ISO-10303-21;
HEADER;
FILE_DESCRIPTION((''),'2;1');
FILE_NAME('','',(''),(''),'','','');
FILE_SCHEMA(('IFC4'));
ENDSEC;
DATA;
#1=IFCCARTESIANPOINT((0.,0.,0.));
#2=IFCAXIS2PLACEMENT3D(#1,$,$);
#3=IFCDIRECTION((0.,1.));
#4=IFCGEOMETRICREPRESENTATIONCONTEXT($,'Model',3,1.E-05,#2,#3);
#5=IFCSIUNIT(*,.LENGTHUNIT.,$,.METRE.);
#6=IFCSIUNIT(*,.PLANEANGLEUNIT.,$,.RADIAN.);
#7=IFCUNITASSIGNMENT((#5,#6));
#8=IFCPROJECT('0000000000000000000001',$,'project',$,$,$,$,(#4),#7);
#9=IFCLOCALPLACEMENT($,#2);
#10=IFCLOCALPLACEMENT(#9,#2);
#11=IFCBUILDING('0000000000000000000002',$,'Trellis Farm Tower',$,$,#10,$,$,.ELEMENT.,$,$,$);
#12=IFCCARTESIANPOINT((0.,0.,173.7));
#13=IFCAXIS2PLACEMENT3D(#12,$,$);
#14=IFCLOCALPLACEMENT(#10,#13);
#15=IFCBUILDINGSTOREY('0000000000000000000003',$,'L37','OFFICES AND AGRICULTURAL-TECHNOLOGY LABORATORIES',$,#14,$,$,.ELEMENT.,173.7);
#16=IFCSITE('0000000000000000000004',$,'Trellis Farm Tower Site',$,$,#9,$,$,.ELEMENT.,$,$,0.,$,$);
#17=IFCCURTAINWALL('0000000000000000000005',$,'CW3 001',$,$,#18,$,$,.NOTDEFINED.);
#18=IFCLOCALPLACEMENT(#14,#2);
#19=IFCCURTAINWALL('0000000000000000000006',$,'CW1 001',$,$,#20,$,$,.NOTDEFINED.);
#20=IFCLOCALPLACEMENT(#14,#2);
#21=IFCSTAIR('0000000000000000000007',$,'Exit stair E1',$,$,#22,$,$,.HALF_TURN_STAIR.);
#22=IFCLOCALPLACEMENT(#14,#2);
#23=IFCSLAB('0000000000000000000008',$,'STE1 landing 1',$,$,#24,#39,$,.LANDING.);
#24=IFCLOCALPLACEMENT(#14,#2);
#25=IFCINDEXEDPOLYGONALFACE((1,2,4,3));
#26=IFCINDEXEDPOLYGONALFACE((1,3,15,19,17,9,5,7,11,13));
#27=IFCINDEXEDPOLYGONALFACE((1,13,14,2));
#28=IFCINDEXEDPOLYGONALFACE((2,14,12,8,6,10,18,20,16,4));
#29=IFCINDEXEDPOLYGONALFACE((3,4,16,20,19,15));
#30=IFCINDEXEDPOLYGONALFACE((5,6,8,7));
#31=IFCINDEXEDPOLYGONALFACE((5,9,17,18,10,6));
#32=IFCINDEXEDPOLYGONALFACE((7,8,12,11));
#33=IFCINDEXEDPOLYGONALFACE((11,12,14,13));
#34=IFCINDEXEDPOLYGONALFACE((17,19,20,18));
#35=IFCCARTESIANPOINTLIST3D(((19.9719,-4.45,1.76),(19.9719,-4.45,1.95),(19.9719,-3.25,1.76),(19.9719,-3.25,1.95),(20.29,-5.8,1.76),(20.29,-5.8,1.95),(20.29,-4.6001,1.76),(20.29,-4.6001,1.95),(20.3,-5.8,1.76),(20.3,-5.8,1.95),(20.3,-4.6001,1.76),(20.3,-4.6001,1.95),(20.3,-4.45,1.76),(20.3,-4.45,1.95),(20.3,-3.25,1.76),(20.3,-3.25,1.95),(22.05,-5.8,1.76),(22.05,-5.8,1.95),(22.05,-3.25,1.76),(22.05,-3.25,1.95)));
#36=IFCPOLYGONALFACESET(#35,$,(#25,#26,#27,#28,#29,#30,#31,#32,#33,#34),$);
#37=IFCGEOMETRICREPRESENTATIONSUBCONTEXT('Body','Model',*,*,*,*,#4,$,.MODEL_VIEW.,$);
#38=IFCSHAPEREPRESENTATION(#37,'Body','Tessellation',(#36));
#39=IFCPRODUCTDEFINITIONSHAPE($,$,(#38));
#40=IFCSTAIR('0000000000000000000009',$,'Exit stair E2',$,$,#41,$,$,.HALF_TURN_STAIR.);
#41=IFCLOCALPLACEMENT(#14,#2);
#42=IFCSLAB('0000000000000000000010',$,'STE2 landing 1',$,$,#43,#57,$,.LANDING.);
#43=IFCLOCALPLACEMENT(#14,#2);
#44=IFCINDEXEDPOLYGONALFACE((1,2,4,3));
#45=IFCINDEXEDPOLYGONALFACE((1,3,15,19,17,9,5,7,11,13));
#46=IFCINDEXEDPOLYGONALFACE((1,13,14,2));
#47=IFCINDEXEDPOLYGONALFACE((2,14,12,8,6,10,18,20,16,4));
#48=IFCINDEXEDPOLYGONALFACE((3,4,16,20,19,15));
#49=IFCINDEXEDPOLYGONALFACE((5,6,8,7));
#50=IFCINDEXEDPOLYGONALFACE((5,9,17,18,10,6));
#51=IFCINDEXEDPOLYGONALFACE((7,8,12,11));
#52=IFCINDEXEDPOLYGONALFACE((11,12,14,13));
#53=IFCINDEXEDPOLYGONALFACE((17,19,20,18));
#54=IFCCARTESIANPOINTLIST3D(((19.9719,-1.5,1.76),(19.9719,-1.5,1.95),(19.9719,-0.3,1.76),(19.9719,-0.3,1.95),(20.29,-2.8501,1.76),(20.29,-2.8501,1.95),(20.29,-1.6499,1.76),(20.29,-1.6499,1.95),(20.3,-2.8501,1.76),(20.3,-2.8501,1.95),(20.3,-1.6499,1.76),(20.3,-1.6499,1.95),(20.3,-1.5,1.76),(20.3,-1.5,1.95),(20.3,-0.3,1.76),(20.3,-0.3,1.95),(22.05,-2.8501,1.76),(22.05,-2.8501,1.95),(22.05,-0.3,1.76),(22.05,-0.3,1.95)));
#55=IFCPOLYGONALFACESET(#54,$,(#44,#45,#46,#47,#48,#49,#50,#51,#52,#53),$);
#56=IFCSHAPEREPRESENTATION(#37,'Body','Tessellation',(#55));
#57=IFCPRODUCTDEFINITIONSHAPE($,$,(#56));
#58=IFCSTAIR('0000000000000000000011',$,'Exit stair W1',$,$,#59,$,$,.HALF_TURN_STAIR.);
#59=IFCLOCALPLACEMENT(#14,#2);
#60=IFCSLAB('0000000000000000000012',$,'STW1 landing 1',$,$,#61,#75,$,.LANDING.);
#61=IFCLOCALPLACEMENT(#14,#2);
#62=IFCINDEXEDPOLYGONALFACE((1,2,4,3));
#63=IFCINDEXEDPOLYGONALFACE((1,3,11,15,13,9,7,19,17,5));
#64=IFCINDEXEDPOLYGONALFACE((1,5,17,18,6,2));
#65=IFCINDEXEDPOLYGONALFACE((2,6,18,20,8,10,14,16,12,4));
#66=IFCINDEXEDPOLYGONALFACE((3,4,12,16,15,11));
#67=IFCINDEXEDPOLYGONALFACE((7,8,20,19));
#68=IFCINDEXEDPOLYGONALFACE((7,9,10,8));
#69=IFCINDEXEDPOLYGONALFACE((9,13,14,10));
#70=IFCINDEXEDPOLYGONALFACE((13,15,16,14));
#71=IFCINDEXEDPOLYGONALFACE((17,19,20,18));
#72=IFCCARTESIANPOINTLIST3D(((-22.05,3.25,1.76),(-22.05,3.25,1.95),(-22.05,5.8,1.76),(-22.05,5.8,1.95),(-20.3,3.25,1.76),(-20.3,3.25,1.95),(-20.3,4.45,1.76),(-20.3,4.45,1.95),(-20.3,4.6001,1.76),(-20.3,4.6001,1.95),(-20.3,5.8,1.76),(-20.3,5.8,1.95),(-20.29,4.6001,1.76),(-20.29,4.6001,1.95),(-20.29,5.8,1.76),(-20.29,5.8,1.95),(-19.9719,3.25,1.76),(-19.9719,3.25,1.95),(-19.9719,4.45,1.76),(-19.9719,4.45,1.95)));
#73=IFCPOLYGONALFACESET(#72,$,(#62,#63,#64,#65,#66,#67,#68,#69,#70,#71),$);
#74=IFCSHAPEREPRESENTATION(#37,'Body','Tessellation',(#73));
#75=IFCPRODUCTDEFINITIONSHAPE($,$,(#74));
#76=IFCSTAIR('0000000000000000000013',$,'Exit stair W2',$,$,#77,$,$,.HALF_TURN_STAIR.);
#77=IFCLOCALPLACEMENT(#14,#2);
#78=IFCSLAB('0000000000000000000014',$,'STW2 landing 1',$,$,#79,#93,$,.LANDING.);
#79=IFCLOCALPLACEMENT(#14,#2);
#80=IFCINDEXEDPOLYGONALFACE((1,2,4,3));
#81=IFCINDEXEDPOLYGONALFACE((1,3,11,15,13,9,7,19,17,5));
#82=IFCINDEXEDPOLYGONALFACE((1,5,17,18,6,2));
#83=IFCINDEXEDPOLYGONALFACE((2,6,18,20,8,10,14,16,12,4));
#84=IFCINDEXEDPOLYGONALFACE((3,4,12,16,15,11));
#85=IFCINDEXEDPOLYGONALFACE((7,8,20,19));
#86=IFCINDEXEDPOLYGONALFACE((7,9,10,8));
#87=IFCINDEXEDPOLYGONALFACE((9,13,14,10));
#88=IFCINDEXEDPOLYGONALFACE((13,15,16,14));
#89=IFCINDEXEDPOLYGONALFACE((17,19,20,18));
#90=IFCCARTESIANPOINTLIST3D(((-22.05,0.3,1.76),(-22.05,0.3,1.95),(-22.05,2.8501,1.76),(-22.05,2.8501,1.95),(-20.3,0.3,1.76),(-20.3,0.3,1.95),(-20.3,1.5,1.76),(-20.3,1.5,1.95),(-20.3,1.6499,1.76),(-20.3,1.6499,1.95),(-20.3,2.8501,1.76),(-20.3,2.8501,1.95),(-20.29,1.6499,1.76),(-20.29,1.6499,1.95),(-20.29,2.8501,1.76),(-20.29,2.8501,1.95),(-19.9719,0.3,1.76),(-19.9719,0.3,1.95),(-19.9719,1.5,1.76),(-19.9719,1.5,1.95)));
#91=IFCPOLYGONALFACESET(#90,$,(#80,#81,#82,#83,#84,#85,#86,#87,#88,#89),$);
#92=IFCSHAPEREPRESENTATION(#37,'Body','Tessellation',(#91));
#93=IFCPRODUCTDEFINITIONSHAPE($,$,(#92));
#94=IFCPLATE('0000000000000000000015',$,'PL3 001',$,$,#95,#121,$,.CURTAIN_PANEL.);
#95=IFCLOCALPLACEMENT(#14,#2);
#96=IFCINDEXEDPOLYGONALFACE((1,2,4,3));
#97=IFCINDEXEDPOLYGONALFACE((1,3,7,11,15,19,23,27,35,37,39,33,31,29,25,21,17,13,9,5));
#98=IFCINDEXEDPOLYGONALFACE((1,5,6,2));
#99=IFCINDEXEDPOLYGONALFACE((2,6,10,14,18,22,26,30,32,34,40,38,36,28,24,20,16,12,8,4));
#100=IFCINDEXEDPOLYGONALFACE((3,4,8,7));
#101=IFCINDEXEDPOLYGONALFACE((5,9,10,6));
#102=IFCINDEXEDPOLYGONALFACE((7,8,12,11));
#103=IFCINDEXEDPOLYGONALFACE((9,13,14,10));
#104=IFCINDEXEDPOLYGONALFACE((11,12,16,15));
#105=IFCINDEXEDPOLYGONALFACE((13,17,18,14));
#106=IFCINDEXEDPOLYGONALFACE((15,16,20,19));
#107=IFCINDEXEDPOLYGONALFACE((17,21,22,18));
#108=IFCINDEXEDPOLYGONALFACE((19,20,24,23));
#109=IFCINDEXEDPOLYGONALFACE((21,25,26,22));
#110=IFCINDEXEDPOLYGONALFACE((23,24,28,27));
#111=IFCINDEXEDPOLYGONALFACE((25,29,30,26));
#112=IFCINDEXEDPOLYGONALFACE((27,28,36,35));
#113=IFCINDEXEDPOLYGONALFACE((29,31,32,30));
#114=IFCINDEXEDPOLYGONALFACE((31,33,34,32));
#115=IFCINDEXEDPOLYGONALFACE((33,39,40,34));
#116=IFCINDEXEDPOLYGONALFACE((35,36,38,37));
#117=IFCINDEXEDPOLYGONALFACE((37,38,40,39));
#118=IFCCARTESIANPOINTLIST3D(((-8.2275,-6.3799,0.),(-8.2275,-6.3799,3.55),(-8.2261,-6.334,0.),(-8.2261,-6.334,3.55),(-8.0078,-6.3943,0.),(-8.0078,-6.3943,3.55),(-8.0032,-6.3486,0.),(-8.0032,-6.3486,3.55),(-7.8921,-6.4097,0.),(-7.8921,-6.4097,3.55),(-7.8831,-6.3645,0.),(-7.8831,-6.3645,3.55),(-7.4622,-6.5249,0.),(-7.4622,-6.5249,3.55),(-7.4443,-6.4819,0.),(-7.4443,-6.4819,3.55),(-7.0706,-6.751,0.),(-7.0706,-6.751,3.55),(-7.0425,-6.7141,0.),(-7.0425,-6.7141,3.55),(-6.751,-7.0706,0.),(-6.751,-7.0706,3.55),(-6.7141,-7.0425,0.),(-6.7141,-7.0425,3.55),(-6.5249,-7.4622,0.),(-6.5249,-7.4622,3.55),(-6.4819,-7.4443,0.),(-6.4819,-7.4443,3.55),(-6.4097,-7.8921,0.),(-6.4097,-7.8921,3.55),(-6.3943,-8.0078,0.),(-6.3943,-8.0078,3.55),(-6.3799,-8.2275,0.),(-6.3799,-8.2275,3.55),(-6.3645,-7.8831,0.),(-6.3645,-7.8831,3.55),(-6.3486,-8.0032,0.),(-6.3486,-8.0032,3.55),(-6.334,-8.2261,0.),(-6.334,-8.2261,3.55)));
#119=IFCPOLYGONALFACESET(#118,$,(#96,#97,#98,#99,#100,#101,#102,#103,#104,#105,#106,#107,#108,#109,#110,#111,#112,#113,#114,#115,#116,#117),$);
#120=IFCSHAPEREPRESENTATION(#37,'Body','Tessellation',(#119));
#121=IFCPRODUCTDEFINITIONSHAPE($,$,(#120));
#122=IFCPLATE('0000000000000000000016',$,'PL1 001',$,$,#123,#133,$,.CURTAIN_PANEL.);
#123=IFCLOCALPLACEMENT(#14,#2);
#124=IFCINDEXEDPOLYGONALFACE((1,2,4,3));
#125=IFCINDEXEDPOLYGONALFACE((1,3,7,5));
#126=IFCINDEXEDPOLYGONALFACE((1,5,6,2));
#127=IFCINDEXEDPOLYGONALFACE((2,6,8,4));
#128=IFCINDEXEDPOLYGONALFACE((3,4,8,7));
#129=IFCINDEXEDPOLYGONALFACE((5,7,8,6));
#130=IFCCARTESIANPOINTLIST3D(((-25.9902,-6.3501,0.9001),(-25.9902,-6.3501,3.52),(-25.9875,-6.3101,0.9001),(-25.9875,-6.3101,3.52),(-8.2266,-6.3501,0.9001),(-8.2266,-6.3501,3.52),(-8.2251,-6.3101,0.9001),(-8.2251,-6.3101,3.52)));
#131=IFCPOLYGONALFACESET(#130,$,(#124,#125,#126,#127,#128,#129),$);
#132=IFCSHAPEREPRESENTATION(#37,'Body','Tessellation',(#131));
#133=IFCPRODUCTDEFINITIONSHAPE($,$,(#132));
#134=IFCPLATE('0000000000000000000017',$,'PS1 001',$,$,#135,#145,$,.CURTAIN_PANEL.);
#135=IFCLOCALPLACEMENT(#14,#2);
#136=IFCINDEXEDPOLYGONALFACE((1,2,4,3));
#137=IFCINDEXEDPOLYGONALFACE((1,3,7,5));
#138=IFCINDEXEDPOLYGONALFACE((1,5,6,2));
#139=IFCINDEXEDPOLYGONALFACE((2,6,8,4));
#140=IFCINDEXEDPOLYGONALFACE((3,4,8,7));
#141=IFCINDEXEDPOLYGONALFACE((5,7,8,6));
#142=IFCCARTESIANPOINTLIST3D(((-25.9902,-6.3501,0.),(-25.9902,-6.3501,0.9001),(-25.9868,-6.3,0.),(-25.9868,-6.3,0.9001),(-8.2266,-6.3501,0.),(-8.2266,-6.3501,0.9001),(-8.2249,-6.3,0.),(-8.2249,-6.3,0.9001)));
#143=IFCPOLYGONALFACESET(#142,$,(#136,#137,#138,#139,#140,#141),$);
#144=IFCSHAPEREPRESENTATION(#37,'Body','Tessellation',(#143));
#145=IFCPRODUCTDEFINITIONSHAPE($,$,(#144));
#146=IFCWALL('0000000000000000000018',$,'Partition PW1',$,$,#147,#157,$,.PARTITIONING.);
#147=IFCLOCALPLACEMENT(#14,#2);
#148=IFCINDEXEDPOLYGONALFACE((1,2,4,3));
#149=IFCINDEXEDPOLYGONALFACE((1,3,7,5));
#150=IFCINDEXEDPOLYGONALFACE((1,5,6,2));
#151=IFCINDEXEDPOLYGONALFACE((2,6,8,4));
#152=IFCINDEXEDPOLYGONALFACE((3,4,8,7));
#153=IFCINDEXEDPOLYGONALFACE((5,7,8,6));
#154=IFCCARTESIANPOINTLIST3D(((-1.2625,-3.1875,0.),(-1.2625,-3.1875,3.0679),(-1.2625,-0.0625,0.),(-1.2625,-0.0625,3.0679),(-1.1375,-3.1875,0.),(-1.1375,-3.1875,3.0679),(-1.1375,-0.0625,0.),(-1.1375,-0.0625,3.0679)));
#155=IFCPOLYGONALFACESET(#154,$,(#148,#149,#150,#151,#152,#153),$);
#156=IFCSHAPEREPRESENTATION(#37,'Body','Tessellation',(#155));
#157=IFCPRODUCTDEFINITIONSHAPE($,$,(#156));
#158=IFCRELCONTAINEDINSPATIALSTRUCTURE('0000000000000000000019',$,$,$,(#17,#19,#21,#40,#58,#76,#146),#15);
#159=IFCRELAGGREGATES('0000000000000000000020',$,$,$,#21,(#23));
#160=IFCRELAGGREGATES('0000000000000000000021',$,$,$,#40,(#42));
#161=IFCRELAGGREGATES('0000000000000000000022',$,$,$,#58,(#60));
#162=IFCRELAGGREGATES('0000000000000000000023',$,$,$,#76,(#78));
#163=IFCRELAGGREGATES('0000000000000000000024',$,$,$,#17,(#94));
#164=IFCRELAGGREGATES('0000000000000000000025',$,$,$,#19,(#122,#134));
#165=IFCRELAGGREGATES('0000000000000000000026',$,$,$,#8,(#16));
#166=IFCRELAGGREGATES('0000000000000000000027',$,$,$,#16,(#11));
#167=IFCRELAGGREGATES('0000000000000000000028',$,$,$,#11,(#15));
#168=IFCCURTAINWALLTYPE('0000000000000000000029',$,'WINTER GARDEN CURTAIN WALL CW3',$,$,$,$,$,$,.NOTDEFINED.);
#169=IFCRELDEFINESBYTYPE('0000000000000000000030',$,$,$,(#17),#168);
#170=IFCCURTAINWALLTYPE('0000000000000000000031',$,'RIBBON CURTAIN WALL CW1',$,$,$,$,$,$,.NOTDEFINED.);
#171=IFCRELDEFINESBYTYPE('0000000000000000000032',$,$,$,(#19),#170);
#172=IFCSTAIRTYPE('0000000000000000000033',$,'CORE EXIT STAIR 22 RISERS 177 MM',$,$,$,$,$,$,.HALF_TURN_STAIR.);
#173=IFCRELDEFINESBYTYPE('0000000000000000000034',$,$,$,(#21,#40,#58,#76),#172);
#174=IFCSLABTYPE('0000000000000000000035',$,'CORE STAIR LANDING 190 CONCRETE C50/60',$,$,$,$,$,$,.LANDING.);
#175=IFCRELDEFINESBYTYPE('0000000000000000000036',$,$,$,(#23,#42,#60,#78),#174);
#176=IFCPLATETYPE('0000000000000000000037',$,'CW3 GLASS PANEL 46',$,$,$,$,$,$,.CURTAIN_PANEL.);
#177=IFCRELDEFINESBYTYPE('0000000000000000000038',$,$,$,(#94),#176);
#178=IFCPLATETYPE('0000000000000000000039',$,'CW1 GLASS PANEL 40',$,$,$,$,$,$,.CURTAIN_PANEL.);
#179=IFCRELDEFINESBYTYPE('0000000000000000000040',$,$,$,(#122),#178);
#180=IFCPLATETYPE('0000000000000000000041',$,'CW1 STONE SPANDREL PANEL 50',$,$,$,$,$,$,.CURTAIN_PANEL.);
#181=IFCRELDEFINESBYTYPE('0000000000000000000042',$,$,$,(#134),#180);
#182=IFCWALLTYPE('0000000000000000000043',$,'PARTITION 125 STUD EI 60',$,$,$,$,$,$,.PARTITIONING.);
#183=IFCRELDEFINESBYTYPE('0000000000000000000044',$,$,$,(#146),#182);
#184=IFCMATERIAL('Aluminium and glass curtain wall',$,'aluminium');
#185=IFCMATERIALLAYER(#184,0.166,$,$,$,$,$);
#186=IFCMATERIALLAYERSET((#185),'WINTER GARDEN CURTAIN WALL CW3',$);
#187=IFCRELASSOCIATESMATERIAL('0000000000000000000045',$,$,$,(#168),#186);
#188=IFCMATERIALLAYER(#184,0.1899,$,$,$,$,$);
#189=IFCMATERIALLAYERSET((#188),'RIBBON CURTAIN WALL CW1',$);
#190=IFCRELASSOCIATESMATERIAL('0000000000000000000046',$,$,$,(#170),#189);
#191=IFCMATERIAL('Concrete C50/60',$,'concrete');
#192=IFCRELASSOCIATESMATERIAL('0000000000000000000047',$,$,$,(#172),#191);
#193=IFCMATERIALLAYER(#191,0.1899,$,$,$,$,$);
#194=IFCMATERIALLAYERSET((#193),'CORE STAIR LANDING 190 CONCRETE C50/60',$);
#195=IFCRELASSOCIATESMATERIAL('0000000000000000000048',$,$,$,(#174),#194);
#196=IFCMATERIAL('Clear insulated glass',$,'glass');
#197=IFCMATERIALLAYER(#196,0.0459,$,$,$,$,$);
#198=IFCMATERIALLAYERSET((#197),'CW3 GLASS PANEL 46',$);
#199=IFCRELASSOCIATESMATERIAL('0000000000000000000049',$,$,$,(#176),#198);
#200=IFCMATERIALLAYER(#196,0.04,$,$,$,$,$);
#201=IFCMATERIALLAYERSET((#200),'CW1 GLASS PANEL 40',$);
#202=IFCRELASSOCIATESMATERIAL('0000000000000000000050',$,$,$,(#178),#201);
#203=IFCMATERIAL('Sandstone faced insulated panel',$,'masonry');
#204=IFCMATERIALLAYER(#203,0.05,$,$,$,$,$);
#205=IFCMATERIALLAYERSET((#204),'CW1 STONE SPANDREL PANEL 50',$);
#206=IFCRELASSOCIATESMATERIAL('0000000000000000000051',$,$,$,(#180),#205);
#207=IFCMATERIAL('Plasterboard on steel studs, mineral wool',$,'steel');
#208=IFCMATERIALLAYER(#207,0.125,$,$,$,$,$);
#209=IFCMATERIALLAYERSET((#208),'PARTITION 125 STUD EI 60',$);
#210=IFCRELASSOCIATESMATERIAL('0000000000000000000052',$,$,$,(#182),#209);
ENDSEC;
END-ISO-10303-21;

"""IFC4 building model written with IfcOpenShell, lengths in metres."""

from ifc_helpers import new_model, si_unit, direction, frame, frame_2d, origin, place, context, subcontext, project, spatial, polyline, rectangle, outline, extrude, source, transform, mapped, material, layer, layer_set, type_object, element, aggregate, save


model = new_model("IFC4")

# Units and contexts
model_context = context("Model", 3, precision=1e-05, world=origin(), true_north=direction((0.0, 1.0)))
body_context = subcontext(model_context, "Body", "Model", "MODEL_VIEW")
ifc_project = project(units=[si_unit("LENGTHUNIT", "METRE"), si_unit("PLANEANGLEUNIT", "RADIAN")], contexts=[model_context])

# Site, building, storey
site_placement = place(None, origin())
site = spatial("IfcSite", under=ifc_project, at=site_placement, Name="Trellis Farm Tower Site", CompositionType="ELEMENT", RefElevation=0.0)
building_placement = place(site_placement, origin())
building = spatial("IfcBuilding", under=site, at=building_placement, Name="Trellis Farm Tower", CompositionType="ELEMENT")
storey_placement = place(building_placement, frame((0.0, 0.0, 173.7)))
storey = spatial("IfcBuildingStorey", under=building, at=storey_placement, Name="L37", Description="OFFICES AND AGRICULTURAL-TECHNOLOGY LABORATORIES", CompositionType="ELEMENT", Elevation=173.7)

# Curtain walls
ifc_material_1 = material(Name="Aluminium and glass curtain wall", Category="aluminium")
ifc_layer_1 = layer(ifc_material_1, 0.166)
ifc_layer_set_1 = layer_set([ifc_layer_1], Name="WINTER GARDEN CURTAIN WALL CW3")
curtain_wall_type_1 = type_object("IfcCurtainWallType", Name="WINTER GARDEN CURTAIN WALL CW3", PredefinedType="NOTDEFINED", material=ifc_layer_set_1)
placement_1 = place(storey_placement, origin())
curtain_wall_1 = element("IfcCurtainWall", 1, at=placement_1, inside=storey, type_object=curtain_wall_type_1, Name="CW3 001", PredefinedType="NOTDEFINED")
ifc_layer_2 = layer(ifc_material_1, 0.1899)
ifc_layer_set_2 = layer_set([ifc_layer_2], Name="RIBBON CURTAIN WALL CW1")
curtain_wall_type_2 = type_object("IfcCurtainWallType", Name="RIBBON CURTAIN WALL CW1", PredefinedType="NOTDEFINED", material=ifc_layer_set_2)
curtain_wall_2 = element("IfcCurtainWall", 2, at=placement_1, inside=storey, type_object=curtain_wall_type_2, Name="CW1 001", PredefinedType="NOTDEFINED")

# Stairs, slabs
ifc_material_2 = material(Name="Concrete C50/60", Category="concrete")
stair_type = type_object("IfcStairType", Name="CORE EXIT STAIR 22 RISERS 177 MM", PredefinedType="HALF_TURN_STAIR", material=ifc_material_2)
ifc_layer_3 = layer(ifc_material_2, 0.1899)
ifc_layer_set_3 = layer_set([ifc_layer_3], Name="CORE STAIR LANDING 190 CONCRETE C50/60")
slab_type_1 = type_object("IfcSlabType", Name="CORE STAIR LANDING 190 CONCRETE C50/60", PredefinedType="LANDING", material=ifc_layer_set_3)
placement_2 = place(storey_placement, frame((0.0, 0.0, 1.76)))
stair_1 = element("IfcStair", 3, at=placement_1, inside=storey, type_object=stair_type, Name="Exit stair E1", PredefinedType="HALF_TURN_STAIR")
shared_shape_1 = source(origin(), body_context, "Body", "SweptSolid", [
    extrude(outline(polyline([(20.29, -5.8), (20.29, -4.6001), (20.3, -4.6001), (20.3, -4.45), (19.9719, -4.45), (19.9719, -3.25), (20.3, -3.25), (22.05, -3.25), (22.05, -5.8), (20.3, -5.8), (20.29, -5.8)])), origin(), (0.0, 0.0, 1.0), 0.1899),
])
slab_1 = element("IfcSlab", 4, at=placement_2, type_object=slab_type_1, Name="STE1 landing 1", PredefinedType="LANDING", context=body_context, shape_type="MappedRepresentation", body=[
    mapped(shared_shape_1, transform((0.0, 0.0, 0.0))),
])
aggregate(stair_1, [slab_1])
stair_2 = element("IfcStair", 5, at=placement_1, inside=storey, type_object=stair_type, Name="Exit stair E2", PredefinedType="HALF_TURN_STAIR")
shared_shape_2 = source(origin(), body_context, "Body", "SweptSolid", [
    extrude(outline(polyline([(20.29, -2.8501), (20.29, -1.6499), (20.3, -1.6499), (20.3, -1.5), (19.9719, -1.5), (19.9719, -0.3), (20.3, -0.3), (22.05, -0.3), (22.05, -2.8501), (20.3, -2.8501), (20.29, -2.8501)])), origin(), (0.0, 0.0, 1.0), 0.1899),
])
slab_2 = element("IfcSlab", 6, at=placement_2, type_object=slab_type_1, Name="STE2 landing 1", PredefinedType="LANDING", context=body_context, shape_type="MappedRepresentation", body=[
    mapped(shared_shape_2, transform((0.0, 0.0, 0.0))),
])
aggregate(stair_2, [slab_2])
stair_3 = element("IfcStair", 7, at=placement_1, inside=storey, type_object=stair_type, Name="Exit stair W1", PredefinedType="HALF_TURN_STAIR")
shared_shape_3 = source(origin(), body_context, "Body", "SweptSolid", [
    extrude(outline(polyline([(-19.9719, 4.45), (-19.9719, 3.25), (-20.3, 3.25), (-22.05, 3.25), (-22.05, 5.8), (-20.3, 5.8), (-20.29, 5.8), (-20.29, 4.6001), (-20.3, 4.6001), (-20.3, 4.45), (-19.9719, 4.45)])), origin(), (0.0, 0.0, 1.0), 0.1899),
])
slab_3 = element("IfcSlab", 8, at=placement_2, type_object=slab_type_1, Name="STW1 landing 1", PredefinedType="LANDING", context=body_context, shape_type="MappedRepresentation", body=[
    mapped(shared_shape_3, transform((0.0, 0.0, 0.0))),
])
aggregate(stair_3, [slab_3])
stair_4 = element("IfcStair", 9, at=placement_1, inside=storey, type_object=stair_type, Name="Exit stair W2", PredefinedType="HALF_TURN_STAIR")
shared_shape_4 = source(origin(), body_context, "Body", "SweptSolid", [
    extrude(outline(polyline([(-19.9719, 1.5), (-19.9719, 0.3), (-20.3, 0.3), (-22.05, 0.3), (-22.05, 2.8501), (-20.3, 2.8501), (-20.29, 2.8501), (-20.29, 1.6499), (-20.3, 1.6499), (-20.3, 1.5), (-19.9719, 1.5)])), origin(), (0.0, 0.0, 1.0), 0.1899),
])
slab_4 = element("IfcSlab", 10, at=placement_2, type_object=slab_type_1, Name="STW2 landing 1", PredefinedType="LANDING", context=body_context, shape_type="MappedRepresentation", body=[
    mapped(shared_shape_4, transform((0.0, 0.0, 0.0))),
])
aggregate(stair_4, [slab_4])

# Plates
ifc_material_3 = material(Name="Clear insulated glass", Category="glass")
ifc_layer_4 = layer(ifc_material_3, 0.0459)
ifc_layer_set_4 = layer_set([ifc_layer_4], Name="CW3 GLASS PANEL 46")
plate_type_1 = type_object("IfcPlateType", Name="CW3 GLASS PANEL 46", PredefinedType="CURTAIN_PANEL", material=ifc_layer_set_4)
shared_shape_5 = source(origin(), body_context, "Body", "SweptSolid", [
    extrude(outline(polyline([(-8.2275, -6.3799), (-8.0078, -6.3943), (-7.8921, -6.4097), (-7.4622, -6.5249), (-7.0706, -6.751), (-6.751, -7.0706), (-6.5249, -7.4622), (-6.4097, -7.8921), (-6.3943, -8.0078), (-6.3799, -8.2275), (-6.334, -8.2261), (-6.3486, -8.0032), (-6.3645, -7.8831), (-6.4819, -7.4443), (-6.7141, -7.0425), (-7.0425, -6.7141), (-7.4443, -6.4819), (-7.8831, -6.3645), (-8.0032, -6.3486), (-8.2261, -6.334), (-8.2275, -6.3799)])), origin(), (0.0, 0.0, 1.0), 3.55),
])
plate_1 = element("IfcPlate", 11, at=placement_1, type_object=plate_type_1, Name="PL3 001", PredefinedType="CURTAIN_PANEL", context=body_context, shape_type="MappedRepresentation", body=[
    mapped(shared_shape_5, transform((0.0, 0.0, 0.0))),
])
aggregate(curtain_wall_1, [plate_1])
ifc_layer_5 = layer(ifc_material_3, 0.04)
ifc_layer_set_5 = layer_set([ifc_layer_5], Name="CW1 GLASS PANEL 40")
plate_type_2 = type_object("IfcPlateType", Name="CW1 GLASS PANEL 40", PredefinedType="CURTAIN_PANEL", material=ifc_layer_set_5)
shared_shape_6 = source(origin(), body_context, "Body", "SweptSolid", [
    extrude(outline(polyline([(-25.9902, -6.3501), (-8.2266, -6.3501), (-8.2251, -6.3101), (-25.9875, -6.3101), (-25.9902, -6.3501)])), origin(), (0.0, 0.0, 1.0), 2.6199),
])
plate_2_placement = place(storey_placement, frame((0.0, 0.0, 0.9001)))
plate_2 = element("IfcPlate", 12, at=plate_2_placement, type_object=plate_type_2, Name="PL1 001", PredefinedType="CURTAIN_PANEL", context=body_context, shape_type="MappedRepresentation", body=[
    mapped(shared_shape_6, transform((0.0, 0.0, 0.0))),
])
ifc_material_4 = material(Name="Sandstone faced insulated panel", Category="masonry")
ifc_layer_6 = layer(ifc_material_4, 0.05)
ifc_layer_set_6 = layer_set([ifc_layer_6], Name="CW1 STONE SPANDREL PANEL 50")
plate_type_3 = type_object("IfcPlateType", Name="CW1 STONE SPANDREL PANEL 50", PredefinedType="CURTAIN_PANEL", material=ifc_layer_set_6)
shared_shape_7 = source(origin(), body_context, "Body", "SweptSolid", [
    extrude(outline(polyline([(-25.9902, -6.3501), (-8.2266, -6.3501), (-8.2249, -6.3), (-25.9868, -6.3), (-25.9902, -6.3501)])), origin(), (0.0, 0.0, 1.0), 0.9001),
])
plate_3 = element("IfcPlate", 13, at=placement_1, type_object=plate_type_3, Name="PS1 001", PredefinedType="CURTAIN_PANEL", context=body_context, shape_type="MappedRepresentation", body=[
    mapped(shared_shape_7, transform((0.0, 0.0, 0.0))),
])
aggregate(curtain_wall_2, [plate_2, plate_3])

# Wall
ifc_material_5 = material(Name="Plasterboard on steel studs, mineral wool", Category="steel")
ifc_layer_7 = layer(ifc_material_5, 0.125)
ifc_layer_set_7 = layer_set([ifc_layer_7], Name="PARTITION 125 STUD EI 60")
wall_type = type_object("IfcWallType", Name="PARTITION 125 STUD EI 60", PredefinedType="PARTITIONING", material=ifc_layer_set_7)
shared_shape_8 = source(origin(), body_context, "Body", "SweptSolid", [
    extrude(rectangle(XDim=3.125, YDim=0.125, at=frame_2d((1.5625, 0.0))), origin(), (0.0, 0.0, 1.0), 3.0679),
])
wall_1_placement = place(storey_placement, frame((-1.2, -0.0625, 0.0), z_axis=(0.0, 0.0, 1.0), x_axis=(0.0, -1.0, 0.0)))
element("IfcWall", 14, at=wall_1_placement, inside=storey, type_object=wall_type, Name="Partition PW1", PredefinedType="PARTITIONING", context=body_context, shape_type="MappedRepresentation", body=[
    mapped(shared_shape_8, transform((0.0, 0.0, 0.0))),
])

save(model, "model.ifc")
